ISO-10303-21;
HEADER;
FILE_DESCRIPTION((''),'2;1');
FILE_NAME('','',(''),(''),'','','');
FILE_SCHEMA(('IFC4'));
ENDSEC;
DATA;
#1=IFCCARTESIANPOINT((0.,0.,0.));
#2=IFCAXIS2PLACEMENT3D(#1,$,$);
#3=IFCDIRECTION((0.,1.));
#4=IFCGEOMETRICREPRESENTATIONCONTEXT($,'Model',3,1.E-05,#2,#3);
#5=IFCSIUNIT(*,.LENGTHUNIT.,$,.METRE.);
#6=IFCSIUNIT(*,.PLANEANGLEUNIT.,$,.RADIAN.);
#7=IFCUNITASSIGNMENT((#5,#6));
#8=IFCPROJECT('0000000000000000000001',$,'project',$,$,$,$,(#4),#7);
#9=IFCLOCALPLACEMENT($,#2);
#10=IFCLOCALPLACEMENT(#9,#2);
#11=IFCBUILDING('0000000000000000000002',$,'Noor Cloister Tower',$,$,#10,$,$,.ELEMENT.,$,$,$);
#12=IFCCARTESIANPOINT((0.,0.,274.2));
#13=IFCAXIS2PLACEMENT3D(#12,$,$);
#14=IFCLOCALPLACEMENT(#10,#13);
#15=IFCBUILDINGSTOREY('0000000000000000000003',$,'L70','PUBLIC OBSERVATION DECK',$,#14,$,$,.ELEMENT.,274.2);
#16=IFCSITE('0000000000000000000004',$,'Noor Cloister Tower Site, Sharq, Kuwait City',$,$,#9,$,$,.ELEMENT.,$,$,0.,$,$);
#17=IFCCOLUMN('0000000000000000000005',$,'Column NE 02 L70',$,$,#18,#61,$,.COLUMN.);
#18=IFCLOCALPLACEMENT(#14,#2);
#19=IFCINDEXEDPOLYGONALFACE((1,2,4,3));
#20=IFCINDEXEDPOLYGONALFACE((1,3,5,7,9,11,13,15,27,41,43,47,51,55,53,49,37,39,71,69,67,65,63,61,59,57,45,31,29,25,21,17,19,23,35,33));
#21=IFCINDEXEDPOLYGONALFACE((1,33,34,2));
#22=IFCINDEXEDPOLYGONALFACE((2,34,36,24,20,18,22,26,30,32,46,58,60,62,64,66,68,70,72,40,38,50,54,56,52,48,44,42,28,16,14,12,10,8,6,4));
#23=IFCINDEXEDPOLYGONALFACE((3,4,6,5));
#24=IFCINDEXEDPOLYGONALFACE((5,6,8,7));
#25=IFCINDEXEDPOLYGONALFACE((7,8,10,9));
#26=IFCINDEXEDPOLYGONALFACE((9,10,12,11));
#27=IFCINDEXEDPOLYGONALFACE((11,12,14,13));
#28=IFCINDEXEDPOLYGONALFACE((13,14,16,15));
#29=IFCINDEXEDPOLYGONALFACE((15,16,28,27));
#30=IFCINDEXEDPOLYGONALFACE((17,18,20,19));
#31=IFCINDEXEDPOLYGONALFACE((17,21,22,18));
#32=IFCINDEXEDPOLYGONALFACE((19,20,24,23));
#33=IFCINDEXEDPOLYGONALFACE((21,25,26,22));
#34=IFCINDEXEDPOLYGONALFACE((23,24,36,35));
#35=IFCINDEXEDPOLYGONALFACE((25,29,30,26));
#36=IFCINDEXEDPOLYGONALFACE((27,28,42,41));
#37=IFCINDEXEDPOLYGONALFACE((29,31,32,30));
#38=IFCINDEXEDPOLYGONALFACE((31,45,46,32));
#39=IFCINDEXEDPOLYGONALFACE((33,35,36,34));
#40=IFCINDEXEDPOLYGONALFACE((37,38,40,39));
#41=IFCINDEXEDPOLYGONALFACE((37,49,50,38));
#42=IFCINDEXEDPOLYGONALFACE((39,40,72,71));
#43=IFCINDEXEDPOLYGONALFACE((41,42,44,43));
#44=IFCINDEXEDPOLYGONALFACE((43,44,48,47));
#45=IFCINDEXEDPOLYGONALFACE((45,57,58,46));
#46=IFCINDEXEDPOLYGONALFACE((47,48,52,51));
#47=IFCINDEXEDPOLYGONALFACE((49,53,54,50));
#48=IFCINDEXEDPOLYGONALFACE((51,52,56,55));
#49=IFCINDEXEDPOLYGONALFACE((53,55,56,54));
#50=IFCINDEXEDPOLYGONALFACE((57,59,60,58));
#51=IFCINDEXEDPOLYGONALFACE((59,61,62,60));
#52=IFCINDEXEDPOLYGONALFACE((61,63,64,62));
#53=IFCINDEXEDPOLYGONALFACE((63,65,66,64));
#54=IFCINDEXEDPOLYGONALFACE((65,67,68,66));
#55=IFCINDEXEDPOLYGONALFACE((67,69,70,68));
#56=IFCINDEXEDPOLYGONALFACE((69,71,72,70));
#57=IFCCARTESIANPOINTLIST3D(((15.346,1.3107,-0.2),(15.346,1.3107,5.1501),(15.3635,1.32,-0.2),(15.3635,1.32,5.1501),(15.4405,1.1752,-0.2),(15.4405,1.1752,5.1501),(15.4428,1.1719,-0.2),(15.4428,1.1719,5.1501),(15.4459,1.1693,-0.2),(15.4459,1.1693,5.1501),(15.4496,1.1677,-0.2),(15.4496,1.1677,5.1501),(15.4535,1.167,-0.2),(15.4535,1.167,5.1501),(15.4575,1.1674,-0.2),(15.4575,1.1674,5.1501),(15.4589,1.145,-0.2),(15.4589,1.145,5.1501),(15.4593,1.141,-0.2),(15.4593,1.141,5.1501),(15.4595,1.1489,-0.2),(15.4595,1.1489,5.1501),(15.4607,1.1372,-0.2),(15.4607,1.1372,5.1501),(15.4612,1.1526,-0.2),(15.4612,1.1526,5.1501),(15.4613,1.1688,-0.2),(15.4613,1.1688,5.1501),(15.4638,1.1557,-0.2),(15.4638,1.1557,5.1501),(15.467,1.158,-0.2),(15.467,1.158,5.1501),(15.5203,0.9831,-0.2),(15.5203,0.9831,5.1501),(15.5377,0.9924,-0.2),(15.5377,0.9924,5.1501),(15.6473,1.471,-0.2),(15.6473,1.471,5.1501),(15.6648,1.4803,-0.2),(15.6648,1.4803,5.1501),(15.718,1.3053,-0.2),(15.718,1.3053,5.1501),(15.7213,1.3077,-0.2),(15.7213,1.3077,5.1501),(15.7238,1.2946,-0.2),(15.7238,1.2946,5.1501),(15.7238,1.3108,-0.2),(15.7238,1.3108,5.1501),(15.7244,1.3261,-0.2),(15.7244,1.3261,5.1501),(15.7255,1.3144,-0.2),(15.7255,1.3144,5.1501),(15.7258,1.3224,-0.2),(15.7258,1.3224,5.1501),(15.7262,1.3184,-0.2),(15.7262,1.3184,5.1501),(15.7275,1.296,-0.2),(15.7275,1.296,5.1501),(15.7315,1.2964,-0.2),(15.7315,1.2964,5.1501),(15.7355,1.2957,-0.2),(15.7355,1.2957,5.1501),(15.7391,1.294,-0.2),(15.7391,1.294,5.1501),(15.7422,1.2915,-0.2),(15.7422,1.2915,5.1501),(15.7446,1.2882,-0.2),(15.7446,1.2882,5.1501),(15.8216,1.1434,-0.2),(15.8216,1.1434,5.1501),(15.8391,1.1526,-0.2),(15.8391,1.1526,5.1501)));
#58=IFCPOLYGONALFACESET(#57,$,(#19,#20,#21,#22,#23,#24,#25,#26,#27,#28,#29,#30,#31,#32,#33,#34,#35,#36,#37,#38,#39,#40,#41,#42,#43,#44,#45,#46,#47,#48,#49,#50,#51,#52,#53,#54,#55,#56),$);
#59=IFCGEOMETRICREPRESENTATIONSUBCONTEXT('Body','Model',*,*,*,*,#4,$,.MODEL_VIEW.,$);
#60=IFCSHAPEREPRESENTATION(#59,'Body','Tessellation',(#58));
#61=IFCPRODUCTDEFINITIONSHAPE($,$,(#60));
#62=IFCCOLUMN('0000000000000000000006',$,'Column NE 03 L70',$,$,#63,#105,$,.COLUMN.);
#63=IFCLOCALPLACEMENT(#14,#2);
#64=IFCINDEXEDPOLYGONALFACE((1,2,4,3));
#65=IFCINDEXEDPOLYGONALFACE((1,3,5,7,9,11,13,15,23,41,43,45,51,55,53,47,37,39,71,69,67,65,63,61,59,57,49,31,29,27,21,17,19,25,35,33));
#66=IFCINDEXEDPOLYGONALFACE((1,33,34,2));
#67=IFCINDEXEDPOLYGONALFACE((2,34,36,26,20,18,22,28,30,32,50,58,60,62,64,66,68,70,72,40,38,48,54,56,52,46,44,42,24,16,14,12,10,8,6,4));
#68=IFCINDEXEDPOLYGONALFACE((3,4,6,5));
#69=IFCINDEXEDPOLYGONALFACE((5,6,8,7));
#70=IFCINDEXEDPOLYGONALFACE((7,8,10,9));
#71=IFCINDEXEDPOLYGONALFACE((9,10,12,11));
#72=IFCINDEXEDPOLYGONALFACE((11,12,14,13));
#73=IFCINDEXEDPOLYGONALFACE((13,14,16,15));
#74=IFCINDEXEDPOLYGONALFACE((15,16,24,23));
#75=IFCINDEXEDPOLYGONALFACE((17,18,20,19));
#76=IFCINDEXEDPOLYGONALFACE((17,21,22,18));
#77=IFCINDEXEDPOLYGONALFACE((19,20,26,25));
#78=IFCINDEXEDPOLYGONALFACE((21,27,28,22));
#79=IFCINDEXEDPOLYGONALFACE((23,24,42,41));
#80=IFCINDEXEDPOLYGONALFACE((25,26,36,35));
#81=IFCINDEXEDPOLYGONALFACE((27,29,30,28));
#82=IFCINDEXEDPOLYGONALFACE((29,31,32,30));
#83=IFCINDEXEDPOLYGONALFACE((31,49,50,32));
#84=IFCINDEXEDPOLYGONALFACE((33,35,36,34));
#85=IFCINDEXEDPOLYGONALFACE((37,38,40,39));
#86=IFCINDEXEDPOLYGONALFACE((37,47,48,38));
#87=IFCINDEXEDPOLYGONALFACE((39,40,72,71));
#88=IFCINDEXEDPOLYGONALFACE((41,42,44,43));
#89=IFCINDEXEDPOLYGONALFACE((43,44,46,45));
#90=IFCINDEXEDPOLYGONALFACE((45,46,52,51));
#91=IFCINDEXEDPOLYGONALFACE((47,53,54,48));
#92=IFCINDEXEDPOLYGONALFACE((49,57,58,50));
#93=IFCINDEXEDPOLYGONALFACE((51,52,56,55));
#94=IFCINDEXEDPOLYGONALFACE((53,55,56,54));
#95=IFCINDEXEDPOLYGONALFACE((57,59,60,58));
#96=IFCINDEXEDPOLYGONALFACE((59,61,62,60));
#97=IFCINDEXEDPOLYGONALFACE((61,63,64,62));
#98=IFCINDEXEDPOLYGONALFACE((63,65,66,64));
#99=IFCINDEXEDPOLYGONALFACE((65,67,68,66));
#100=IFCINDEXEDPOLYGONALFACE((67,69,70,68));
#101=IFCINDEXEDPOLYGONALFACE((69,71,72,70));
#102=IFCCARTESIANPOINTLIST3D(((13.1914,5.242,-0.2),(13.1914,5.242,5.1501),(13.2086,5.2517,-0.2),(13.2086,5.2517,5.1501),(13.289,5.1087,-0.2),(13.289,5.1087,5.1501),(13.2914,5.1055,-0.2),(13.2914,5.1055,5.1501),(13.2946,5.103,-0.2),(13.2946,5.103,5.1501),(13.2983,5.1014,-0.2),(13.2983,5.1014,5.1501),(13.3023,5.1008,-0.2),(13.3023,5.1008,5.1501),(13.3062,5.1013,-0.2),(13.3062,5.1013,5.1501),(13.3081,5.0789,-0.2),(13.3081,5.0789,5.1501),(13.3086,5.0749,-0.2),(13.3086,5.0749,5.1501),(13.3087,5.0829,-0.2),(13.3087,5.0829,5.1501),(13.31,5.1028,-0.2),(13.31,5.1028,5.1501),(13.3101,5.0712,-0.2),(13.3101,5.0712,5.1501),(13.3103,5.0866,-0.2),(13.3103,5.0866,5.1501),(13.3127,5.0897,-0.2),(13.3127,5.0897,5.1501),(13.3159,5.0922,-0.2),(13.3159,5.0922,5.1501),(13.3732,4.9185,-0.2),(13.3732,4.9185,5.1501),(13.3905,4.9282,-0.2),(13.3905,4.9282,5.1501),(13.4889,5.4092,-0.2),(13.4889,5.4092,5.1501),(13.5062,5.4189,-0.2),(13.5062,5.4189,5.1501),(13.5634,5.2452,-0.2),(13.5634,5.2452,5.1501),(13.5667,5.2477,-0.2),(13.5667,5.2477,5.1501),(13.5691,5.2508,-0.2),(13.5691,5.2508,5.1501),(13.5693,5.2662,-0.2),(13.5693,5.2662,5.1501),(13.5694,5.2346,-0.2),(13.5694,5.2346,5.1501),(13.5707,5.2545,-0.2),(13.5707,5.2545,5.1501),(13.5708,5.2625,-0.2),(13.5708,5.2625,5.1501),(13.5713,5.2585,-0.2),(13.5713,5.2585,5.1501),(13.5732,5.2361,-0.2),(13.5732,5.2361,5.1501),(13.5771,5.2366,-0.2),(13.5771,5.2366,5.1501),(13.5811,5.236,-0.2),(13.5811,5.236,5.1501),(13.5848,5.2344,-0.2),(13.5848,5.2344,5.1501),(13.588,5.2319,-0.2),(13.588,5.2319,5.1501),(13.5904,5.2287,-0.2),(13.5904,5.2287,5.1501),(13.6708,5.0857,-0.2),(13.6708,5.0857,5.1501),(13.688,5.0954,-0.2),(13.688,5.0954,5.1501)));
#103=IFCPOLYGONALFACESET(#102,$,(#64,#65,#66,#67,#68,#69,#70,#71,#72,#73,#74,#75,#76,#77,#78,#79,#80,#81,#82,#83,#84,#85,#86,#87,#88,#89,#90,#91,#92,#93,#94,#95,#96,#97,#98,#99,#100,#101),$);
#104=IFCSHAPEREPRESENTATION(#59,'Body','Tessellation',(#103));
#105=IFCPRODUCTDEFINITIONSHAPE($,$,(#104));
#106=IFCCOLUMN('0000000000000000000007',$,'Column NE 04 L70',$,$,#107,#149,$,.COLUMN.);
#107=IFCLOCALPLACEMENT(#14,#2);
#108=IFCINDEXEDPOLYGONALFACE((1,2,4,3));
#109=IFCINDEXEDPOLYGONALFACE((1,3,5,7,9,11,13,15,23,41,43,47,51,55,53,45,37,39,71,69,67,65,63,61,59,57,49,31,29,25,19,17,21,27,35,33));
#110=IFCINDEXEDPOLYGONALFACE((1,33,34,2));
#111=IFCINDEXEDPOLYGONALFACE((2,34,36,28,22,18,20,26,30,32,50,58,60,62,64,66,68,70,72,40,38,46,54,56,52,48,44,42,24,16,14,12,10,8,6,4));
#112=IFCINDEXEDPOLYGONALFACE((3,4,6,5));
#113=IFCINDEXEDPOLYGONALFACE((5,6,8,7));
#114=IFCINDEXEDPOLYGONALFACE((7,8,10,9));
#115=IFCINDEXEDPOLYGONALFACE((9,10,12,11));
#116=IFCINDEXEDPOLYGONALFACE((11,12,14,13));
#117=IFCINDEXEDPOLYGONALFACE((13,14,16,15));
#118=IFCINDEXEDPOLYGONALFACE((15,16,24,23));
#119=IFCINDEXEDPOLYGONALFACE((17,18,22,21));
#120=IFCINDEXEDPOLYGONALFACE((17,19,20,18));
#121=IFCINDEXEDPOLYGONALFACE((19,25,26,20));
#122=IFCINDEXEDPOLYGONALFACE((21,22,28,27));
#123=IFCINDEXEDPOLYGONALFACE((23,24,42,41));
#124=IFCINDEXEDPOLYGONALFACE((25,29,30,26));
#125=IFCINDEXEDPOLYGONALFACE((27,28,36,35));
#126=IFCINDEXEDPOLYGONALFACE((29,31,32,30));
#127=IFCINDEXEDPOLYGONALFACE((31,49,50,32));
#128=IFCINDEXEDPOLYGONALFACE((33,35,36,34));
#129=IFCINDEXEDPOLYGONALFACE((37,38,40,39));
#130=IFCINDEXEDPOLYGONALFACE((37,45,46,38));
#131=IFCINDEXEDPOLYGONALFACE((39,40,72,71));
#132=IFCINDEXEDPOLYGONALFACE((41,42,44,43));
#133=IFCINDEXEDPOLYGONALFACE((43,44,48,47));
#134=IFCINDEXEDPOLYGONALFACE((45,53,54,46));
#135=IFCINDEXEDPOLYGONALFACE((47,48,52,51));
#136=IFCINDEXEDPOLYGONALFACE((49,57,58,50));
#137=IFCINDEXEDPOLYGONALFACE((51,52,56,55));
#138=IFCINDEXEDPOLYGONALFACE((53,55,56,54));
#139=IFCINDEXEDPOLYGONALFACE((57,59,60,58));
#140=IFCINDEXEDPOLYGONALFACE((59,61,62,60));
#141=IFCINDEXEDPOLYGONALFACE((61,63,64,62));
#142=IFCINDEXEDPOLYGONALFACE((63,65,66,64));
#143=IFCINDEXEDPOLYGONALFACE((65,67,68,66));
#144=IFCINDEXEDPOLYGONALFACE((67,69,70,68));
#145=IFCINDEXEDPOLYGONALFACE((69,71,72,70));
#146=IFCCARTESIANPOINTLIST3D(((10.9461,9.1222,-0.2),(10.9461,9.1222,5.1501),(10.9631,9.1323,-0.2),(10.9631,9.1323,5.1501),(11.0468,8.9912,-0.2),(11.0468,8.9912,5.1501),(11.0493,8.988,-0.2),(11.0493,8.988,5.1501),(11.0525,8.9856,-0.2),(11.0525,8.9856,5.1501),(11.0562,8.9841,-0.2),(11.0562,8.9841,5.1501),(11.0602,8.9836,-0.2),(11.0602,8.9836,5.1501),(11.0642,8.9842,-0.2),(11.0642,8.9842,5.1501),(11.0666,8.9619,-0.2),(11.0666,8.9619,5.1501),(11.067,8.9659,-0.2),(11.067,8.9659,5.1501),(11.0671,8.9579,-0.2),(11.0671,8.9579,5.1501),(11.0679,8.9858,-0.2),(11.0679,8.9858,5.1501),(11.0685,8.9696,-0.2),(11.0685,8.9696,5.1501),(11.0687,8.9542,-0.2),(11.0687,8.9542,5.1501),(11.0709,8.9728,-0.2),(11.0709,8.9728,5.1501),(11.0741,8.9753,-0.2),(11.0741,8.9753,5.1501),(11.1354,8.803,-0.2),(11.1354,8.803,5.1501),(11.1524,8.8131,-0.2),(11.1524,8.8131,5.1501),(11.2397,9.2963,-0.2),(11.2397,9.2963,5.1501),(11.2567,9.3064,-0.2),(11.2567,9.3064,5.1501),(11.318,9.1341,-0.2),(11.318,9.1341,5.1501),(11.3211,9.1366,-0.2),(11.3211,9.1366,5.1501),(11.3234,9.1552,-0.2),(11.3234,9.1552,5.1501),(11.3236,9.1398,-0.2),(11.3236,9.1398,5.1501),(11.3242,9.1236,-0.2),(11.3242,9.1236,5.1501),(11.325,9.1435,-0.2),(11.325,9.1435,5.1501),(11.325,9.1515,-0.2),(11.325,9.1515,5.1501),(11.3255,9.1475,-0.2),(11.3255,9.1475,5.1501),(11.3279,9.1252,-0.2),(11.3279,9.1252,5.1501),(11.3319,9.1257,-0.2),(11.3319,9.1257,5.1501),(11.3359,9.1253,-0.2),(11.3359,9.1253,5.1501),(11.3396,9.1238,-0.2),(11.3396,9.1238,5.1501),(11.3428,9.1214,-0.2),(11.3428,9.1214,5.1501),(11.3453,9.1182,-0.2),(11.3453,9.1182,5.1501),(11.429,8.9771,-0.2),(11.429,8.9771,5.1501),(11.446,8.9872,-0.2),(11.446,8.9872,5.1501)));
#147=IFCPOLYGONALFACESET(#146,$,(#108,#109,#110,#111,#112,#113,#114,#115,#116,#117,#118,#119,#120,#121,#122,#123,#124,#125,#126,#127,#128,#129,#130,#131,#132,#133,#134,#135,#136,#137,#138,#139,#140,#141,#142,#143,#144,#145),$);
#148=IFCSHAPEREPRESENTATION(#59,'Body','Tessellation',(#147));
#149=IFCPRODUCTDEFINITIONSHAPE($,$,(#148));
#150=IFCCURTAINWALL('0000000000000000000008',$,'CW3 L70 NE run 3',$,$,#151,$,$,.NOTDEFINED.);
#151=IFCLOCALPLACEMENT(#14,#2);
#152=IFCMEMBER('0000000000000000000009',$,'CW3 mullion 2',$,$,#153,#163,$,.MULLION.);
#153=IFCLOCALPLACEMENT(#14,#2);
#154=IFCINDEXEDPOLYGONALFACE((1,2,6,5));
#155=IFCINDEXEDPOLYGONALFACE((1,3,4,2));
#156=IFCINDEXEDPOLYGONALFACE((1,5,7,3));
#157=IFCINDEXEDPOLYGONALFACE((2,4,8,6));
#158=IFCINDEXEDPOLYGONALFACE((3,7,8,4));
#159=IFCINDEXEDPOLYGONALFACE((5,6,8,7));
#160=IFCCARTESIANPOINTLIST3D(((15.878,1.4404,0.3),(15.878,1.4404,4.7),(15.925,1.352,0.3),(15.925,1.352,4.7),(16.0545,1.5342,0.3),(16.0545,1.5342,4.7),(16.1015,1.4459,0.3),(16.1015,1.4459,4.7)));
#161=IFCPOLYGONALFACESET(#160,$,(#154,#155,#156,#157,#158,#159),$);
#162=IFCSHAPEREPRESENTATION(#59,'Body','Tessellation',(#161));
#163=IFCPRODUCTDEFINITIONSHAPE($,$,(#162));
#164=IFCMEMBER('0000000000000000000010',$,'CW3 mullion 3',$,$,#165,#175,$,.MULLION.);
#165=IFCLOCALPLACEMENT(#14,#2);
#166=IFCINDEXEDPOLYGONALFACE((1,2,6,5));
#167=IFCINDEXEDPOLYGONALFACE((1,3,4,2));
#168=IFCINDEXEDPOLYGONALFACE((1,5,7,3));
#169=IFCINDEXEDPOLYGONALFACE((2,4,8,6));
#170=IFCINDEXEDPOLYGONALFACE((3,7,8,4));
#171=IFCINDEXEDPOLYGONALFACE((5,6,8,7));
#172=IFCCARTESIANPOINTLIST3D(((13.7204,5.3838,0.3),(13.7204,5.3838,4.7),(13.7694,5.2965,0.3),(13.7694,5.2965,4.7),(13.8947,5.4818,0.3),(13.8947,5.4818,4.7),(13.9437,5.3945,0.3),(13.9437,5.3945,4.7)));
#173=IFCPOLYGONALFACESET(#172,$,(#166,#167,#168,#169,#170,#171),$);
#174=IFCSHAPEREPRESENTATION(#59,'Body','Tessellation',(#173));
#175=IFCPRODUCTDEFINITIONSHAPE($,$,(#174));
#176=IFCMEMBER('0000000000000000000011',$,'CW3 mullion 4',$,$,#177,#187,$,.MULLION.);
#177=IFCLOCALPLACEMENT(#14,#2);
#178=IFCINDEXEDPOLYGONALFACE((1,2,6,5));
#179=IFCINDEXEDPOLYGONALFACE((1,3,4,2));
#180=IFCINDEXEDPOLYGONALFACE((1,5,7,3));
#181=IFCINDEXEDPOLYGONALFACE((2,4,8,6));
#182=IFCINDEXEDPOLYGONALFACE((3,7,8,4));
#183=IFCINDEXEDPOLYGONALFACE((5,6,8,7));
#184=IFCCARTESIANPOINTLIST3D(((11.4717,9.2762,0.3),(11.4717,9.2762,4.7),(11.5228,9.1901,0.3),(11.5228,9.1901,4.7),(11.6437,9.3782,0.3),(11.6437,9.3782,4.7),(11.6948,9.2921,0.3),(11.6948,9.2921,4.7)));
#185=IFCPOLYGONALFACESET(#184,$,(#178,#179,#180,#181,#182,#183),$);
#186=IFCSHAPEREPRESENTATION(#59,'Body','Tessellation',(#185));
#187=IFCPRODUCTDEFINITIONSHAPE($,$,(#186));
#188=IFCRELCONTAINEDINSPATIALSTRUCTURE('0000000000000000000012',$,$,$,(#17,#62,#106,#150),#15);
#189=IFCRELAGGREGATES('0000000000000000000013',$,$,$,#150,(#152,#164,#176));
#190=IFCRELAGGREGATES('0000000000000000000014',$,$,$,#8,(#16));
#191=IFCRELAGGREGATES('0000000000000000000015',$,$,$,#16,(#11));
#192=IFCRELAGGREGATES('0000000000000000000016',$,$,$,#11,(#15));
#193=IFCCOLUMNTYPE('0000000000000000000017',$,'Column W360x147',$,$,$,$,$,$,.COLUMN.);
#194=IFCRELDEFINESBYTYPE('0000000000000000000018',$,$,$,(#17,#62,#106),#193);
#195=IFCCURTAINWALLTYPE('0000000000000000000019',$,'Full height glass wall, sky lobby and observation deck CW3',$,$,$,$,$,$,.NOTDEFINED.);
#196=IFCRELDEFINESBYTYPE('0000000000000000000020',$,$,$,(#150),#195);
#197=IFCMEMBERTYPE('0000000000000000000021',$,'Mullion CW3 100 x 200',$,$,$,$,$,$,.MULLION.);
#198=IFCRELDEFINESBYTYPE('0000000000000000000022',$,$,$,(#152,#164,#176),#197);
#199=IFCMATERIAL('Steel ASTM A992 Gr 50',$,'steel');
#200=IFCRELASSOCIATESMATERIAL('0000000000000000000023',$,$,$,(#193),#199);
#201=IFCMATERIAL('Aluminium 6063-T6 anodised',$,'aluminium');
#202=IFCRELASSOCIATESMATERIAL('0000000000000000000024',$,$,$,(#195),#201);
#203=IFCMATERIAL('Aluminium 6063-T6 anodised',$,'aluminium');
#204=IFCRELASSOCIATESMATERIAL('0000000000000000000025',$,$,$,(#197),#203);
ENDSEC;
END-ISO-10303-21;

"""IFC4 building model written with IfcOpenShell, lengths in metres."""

from ifc_helpers import new_model, si_unit, direction, frame, origin, origin_2d, place, context, subcontext, project, spatial, rectangle, i_section, extrude, material, material_profile, profile_set, type_object, element, aggregate, save


model = new_model("IFC4")

# Units and contexts
model_context = context("Model", 3, precision=1e-05, world=origin(), true_north=direction((0.0, 1.0)))
body_context = subcontext(model_context, "Body", "Model", "MODEL_VIEW")
ifc_project = project(units=[si_unit("LENGTHUNIT", "METRE"), si_unit("PLANEANGLEUNIT", "RADIAN")], contexts=[model_context])

# Site, building, storey
site_placement = place(None, origin())
site = spatial("IfcSite", under=ifc_project, at=site_placement, Name="Noor Cloister Tower Site, Sharq, Kuwait City", CompositionType="ELEMENT", RefElevation=0.0)
building_placement = place(site_placement, origin())
building = spatial("IfcBuilding", under=site, at=building_placement, Name="Noor Cloister Tower", CompositionType="ELEMENT")
storey_placement = place(building_placement, frame((0.0, 0.0, 274.2)))
storey = spatial("IfcBuildingStorey", under=building, at=storey_placement, Name="L70", Description="PUBLIC OBSERVATION DECK", CompositionType="ELEMENT", Elevation=274.2)

# Columns
ifc_material_1 = material(Name="Steel ASTM A992 Gr 50", Category="steel")
ifc_material_profile_1 = material_profile(ifc_material_1, i_section(OverallWidth=0.3711, OverallDepth=0.3611, WebThickness=0.0122, FlangeThickness=0.0198, FilletRadius=0.0154, at=origin_2d()), Name="W360x147")
ifc_profile_set_1 = profile_set([ifc_material_profile_1], Name="Steel ASTM A992 Gr 50")
column_type = type_object("IfcColumnType", Name="Column W360x147", PredefinedType="COLUMN", material=ifc_profile_set_1)
for number, where, z_axis, x_axis, name in (
    (1, (15.5925, 1.2317, -0.2), (0.0, 0.0, 1.0), (-0.469576, 0.882892, 0.0), "Column NE 02 L70"),
    (2, (13.4397, 5.1687, -0.2), (0.0, 0.0, 1.0), (-0.489924, 0.871765, 0.0), "Column NE 03 L70"),
    (3, (11.196, 9.0547, -0.2), (0.0, 0.0, 1.0), (-0.510009, 0.860169, 0.0), "Column NE 04 L70"),
):
    element("IfcColumn", number, at=place(storey_placement, frame(where, z_axis=z_axis, x_axis=x_axis)), inside=storey, type_object=column_type, Name=name, PredefinedType="COLUMN", context=body_context, shape_type="SweptSolid", body=[
        extrude(i_section(OverallWidth=0.3711, OverallDepth=0.3611, WebThickness=0.0122, FlangeThickness=0.0198, FilletRadius=0.0154, at=origin_2d()), origin(), (0.0, 0.0, 1.0), 5.3501),
    ])

# Curtain wall, members
ifc_material_2 = material(Name="Aluminium 6063-T6 anodised", Category="aluminium")
curtain_wall_type = type_object("IfcCurtainWallType", Name="Full height glass wall, sky lobby and observation deck CW3", PredefinedType="NOTDEFINED", material=ifc_material_2)
curtain_wall_placement = place(storey_placement, origin())
curtain_wall = element("IfcCurtainWall", 4, at=curtain_wall_placement, inside=storey, type_object=curtain_wall_type, Name="CW3 L70 NE run 3", PredefinedType="NOTDEFINED")
ifc_material_3 = material(Name="Aluminium 6063-T6 anodised", Category="aluminium")
ifc_material_profile_2 = material_profile(ifc_material_3, rectangle(XDim=0.2, YDim=0.1001, at=origin_2d()), Name="200 x 100 mullion")
ifc_profile_set_2 = profile_set([ifc_material_profile_2], Name="Aluminium 6063-T6 anodised")
member_type = type_object("IfcMemberType", Name="Mullion CW3 100 x 200", PredefinedType="MULLION", material=ifc_profile_set_2)
member_1_placement = place(storey_placement, frame((15.9897, 1.4431, 0.3), z_axis=(0.0, 0.0, 1.0), x_axis=(-0.882892, -0.469576, 0.0)))
member_1 = element("IfcMember", 5, at=member_1_placement, type_object=member_type, Name="CW3 mullion 2", PredefinedType="MULLION", context=body_context, shape_type="SweptSolid", body=[
    extrude(rectangle(XDim=0.2, YDim=0.1001, at=origin_2d()), origin(), (0.0, 0.0, 1.0), 4.3999),
])
member_2_placement = place(storey_placement, frame((13.832, 5.3892, 0.3), z_axis=(0.0, 0.0, 1.0), x_axis=(-0.871765, -0.489924, 0.0)))
member_2 = element("IfcMember", 6, at=member_2_placement, type_object=member_type, Name="CW3 mullion 3", PredefinedType="MULLION", context=body_context, shape_type="SweptSolid", body=[
    extrude(rectangle(XDim=0.2, YDim=0.1001, at=origin_2d()), origin(), (0.0, 0.0, 1.0), 4.3999),
])
member_3_placement = place(storey_placement, frame((11.5833, 9.2842, 0.3), z_axis=(0.0, 0.0, 1.0), x_axis=(-0.860169, -0.510009, 0.0)))
member_3 = element("IfcMember", 7, at=member_3_placement, type_object=member_type, Name="CW3 mullion 4", PredefinedType="MULLION", context=body_context, shape_type="SweptSolid", body=[
    extrude(rectangle(XDim=0.2, YDim=0.1001, at=origin_2d()), origin(), (0.0, 0.0, 1.0), 4.3999),
])

aggregate(curtain_wall, [member_1, member_2, member_3])

save(model, "model.ifc")
